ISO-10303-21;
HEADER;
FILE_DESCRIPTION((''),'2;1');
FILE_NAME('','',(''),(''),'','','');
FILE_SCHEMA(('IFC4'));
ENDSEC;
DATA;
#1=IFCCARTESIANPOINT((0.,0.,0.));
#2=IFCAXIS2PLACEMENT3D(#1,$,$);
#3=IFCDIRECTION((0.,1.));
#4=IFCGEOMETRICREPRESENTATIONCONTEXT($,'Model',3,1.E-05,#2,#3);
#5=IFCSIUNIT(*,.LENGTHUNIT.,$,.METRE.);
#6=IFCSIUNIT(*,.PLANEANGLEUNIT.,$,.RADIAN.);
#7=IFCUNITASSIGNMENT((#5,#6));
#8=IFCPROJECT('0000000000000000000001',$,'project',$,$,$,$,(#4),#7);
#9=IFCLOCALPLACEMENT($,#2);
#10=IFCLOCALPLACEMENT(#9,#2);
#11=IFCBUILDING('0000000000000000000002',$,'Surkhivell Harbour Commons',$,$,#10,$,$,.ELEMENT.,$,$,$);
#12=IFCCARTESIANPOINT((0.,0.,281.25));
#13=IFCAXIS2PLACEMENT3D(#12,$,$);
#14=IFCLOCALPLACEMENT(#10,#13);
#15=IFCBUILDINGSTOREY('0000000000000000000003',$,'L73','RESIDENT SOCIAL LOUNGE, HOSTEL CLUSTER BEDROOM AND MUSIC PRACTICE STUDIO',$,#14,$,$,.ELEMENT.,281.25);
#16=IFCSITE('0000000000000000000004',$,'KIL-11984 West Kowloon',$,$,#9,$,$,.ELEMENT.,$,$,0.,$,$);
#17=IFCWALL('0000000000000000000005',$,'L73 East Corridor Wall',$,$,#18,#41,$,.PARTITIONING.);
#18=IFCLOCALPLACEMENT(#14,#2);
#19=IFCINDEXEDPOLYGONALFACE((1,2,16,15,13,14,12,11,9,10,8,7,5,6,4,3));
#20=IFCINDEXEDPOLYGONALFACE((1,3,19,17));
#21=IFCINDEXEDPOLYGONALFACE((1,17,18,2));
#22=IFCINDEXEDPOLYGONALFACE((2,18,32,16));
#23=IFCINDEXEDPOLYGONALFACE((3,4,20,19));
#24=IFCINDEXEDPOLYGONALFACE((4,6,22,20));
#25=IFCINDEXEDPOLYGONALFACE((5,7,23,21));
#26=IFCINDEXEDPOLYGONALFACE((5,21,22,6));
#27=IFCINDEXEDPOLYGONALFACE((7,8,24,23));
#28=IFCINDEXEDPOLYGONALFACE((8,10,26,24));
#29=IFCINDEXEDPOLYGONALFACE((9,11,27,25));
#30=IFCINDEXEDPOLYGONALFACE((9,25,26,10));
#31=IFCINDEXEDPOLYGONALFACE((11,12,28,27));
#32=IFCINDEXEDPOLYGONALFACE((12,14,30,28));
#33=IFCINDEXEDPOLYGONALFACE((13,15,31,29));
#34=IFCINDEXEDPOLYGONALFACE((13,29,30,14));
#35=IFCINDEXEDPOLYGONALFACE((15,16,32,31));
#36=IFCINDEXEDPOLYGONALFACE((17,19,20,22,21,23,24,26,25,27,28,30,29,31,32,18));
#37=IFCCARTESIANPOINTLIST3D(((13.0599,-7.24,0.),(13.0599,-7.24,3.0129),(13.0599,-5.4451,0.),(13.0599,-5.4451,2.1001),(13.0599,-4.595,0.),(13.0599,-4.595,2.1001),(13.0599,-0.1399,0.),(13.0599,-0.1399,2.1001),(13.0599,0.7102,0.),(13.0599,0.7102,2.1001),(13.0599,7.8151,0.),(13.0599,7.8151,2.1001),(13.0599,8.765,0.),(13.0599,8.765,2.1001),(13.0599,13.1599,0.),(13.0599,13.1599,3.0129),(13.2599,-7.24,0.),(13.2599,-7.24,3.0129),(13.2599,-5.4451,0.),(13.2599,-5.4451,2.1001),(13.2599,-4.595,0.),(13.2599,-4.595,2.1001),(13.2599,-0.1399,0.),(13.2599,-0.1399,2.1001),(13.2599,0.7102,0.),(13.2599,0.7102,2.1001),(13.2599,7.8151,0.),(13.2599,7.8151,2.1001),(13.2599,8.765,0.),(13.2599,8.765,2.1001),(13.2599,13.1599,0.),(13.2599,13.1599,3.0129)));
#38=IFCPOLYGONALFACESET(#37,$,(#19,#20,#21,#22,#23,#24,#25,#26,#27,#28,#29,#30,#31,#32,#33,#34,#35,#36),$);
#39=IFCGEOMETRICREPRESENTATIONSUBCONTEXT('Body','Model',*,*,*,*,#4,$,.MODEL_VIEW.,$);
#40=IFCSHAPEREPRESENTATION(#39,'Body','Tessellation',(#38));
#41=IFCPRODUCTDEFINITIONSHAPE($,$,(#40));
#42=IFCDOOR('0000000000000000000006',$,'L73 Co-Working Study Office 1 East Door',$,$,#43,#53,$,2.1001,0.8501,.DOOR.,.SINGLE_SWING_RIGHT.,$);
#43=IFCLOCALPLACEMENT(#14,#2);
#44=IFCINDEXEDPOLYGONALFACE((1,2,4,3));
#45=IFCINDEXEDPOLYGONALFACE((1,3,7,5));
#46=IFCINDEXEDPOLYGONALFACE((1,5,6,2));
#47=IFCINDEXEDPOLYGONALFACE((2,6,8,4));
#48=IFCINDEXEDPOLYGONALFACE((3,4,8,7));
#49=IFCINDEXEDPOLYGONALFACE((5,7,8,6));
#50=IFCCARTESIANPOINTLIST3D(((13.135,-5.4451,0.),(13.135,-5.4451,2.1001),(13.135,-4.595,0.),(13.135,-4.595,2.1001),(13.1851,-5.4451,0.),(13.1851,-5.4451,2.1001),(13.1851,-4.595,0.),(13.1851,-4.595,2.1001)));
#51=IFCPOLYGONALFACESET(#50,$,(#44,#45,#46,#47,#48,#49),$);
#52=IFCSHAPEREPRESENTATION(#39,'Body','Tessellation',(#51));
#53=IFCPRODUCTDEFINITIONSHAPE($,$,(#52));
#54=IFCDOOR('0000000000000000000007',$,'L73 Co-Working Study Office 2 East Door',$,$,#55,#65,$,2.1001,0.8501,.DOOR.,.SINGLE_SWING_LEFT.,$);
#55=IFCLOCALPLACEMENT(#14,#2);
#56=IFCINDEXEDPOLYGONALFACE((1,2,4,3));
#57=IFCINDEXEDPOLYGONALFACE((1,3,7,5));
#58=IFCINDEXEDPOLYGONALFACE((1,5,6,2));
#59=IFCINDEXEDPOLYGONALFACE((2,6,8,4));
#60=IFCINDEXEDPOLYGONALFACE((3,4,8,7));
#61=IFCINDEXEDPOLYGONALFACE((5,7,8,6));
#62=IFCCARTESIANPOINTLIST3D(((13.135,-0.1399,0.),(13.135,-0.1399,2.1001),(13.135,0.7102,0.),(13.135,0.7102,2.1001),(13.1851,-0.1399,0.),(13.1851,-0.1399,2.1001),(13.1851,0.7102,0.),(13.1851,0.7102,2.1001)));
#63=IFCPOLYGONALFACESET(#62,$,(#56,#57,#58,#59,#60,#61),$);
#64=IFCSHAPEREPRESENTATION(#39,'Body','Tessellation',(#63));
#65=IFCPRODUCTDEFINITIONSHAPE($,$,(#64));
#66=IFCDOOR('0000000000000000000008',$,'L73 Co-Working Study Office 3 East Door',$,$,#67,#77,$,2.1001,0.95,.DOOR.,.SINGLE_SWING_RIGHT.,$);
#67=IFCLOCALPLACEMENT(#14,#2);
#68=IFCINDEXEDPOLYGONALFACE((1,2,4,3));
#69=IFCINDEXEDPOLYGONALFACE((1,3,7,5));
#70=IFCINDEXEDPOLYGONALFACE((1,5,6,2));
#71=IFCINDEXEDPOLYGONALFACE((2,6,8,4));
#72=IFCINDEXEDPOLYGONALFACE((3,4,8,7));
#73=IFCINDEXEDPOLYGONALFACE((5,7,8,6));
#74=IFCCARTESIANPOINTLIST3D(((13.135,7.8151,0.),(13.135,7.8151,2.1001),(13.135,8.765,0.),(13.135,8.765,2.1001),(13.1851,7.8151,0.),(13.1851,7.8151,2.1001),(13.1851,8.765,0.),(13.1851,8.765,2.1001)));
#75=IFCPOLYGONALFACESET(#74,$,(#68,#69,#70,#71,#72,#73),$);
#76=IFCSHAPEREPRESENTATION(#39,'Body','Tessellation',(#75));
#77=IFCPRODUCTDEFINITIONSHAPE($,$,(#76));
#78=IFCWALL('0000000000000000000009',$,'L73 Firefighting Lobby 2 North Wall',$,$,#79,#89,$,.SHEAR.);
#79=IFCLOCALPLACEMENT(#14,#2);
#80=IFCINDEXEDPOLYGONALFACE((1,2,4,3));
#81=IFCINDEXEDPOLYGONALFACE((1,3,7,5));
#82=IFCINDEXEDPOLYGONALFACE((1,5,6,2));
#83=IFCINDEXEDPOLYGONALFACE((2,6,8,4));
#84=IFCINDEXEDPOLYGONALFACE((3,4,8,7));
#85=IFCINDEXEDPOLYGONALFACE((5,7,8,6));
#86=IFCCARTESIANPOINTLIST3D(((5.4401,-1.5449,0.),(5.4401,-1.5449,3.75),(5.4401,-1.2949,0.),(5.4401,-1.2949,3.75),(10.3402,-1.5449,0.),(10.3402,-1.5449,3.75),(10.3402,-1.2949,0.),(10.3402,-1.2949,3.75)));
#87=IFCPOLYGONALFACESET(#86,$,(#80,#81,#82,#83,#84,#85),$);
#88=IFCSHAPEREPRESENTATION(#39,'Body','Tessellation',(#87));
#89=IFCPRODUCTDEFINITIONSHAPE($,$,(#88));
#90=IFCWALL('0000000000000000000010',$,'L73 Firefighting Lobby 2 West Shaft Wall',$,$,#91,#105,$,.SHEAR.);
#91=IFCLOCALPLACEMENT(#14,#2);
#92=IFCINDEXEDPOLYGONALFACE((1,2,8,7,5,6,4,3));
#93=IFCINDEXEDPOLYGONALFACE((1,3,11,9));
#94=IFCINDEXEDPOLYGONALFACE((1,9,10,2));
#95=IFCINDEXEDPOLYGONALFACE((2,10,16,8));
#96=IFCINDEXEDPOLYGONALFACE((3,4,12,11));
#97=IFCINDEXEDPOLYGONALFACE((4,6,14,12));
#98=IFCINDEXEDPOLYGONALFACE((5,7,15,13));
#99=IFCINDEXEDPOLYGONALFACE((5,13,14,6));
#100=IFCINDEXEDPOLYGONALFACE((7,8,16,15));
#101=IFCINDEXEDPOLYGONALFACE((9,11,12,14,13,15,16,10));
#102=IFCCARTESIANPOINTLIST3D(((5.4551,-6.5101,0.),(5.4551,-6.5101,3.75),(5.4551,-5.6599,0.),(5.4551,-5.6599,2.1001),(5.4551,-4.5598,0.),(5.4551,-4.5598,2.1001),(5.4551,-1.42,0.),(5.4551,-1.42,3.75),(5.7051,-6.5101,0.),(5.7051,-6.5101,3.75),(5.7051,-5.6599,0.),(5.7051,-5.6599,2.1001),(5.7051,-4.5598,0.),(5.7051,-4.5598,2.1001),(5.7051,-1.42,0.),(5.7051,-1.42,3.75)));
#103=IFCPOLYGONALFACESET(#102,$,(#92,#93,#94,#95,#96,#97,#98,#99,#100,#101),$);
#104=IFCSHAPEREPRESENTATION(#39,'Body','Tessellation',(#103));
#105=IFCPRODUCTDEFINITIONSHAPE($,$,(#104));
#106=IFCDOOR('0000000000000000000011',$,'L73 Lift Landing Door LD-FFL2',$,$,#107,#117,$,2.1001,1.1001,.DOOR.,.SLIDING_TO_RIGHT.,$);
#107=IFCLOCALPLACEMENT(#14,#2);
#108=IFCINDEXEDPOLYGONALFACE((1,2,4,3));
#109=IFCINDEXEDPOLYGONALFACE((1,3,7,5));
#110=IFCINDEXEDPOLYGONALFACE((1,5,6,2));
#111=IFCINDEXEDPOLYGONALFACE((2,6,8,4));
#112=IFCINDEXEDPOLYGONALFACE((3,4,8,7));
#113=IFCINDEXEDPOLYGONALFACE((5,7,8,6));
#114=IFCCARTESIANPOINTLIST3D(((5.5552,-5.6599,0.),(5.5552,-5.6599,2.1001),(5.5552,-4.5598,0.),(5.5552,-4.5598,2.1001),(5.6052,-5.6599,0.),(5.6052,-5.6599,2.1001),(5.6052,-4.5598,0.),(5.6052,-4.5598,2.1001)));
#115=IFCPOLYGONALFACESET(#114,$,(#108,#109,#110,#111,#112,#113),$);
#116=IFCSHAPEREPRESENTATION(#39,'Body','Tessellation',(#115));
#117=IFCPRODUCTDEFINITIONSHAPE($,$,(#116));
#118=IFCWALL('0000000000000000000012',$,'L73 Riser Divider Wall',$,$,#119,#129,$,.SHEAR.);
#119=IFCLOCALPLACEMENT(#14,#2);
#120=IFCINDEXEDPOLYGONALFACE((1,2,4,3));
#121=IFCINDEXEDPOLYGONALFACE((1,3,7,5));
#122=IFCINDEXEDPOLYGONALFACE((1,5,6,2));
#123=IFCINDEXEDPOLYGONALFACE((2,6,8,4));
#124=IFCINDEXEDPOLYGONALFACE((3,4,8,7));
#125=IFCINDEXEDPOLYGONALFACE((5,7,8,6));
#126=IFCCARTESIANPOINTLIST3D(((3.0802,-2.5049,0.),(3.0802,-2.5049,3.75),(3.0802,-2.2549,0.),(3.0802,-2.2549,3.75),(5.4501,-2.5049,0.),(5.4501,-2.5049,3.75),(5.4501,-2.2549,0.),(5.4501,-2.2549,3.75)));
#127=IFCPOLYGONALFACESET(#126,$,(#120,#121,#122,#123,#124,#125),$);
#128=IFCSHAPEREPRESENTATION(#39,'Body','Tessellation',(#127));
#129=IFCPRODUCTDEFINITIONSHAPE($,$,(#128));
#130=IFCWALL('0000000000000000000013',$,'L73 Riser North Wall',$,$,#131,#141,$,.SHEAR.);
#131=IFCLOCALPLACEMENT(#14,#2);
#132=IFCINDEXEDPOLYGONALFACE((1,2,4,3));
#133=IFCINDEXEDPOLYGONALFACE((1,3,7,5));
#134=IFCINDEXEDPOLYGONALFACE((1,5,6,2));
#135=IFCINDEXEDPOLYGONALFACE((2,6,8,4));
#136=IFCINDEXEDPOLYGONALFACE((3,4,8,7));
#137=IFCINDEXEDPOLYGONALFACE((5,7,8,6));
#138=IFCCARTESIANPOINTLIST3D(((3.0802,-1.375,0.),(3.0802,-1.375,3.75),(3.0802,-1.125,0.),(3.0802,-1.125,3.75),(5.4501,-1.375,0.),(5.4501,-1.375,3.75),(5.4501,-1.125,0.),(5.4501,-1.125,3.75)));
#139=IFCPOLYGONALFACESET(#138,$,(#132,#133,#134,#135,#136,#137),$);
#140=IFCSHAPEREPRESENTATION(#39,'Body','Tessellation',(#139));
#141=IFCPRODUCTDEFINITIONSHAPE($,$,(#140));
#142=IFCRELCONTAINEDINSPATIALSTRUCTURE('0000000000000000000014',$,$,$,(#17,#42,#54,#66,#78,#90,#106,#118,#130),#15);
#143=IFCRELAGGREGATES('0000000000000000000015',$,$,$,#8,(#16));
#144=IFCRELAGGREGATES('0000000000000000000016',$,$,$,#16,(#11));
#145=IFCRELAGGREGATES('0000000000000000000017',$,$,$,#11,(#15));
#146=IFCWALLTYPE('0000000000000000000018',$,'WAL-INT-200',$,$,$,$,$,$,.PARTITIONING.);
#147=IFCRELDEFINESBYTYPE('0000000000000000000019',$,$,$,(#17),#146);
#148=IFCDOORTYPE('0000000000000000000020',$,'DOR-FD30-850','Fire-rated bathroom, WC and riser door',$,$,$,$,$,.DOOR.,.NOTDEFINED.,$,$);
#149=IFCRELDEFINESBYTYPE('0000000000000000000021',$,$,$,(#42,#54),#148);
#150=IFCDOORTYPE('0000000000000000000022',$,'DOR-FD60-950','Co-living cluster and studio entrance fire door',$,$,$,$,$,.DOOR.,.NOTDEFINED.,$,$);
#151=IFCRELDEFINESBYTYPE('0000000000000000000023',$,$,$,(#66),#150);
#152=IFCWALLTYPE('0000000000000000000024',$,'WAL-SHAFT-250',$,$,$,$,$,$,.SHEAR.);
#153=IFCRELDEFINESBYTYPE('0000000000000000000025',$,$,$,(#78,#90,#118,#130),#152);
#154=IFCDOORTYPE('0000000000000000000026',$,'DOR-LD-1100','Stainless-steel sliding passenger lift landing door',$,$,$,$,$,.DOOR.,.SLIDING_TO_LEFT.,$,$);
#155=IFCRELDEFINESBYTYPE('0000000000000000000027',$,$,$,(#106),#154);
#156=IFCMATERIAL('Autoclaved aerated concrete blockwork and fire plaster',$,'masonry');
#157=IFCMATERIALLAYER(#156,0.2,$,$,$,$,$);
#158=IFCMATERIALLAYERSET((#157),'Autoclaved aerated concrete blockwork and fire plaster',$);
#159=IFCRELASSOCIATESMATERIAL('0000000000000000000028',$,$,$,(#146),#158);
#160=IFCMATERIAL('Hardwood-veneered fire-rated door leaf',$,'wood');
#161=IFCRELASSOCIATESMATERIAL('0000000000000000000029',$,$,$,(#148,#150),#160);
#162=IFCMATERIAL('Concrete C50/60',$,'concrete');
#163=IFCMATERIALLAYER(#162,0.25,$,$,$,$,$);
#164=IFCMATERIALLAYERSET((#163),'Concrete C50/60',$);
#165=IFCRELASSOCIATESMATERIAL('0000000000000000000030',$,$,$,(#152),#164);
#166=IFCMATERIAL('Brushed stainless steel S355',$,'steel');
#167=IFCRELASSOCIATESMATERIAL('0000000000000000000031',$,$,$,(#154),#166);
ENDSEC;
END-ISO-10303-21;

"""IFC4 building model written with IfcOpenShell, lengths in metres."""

from ifc_helpers import new_model, si_unit, direction, frame, frame_2d, origin, place, context, subcontext, project, spatial, rectangle, extrude, material, layer, layer_set, type_object, element, fill, save


model = new_model("IFC4")

# Units and contexts
model_context = context("Model", 3, precision=1e-05, world=origin(), true_north=direction((0.0, 1.0)))
body_context = subcontext(model_context, "Body", "Model", "MODEL_VIEW")
ifc_project = project(units=[si_unit("LENGTHUNIT", "METRE"), si_unit("PLANEANGLEUNIT", "RADIAN")], contexts=[model_context])

# Site, building, storey
site_placement = place(None, origin())
site = spatial("IfcSite", under=ifc_project, at=site_placement, Name="KIL-11984 West Kowloon", CompositionType="ELEMENT", RefElevation=0.0)
building_placement = place(site_placement, origin())
building = spatial("IfcBuilding", under=site, at=building_placement, Name="Surkhivell Harbour Commons", CompositionType="ELEMENT")
storey_placement = place(building_placement, frame((0.0, 0.0, 281.25)))
storey = spatial("IfcBuildingStorey", under=building, at=storey_placement, Name="L73", Description="RESIDENT SOCIAL LOUNGE, HOSTEL CLUSTER BEDROOM AND MUSIC PRACTICE STUDIO", CompositionType="ELEMENT", Elevation=281.25)

# Shared definitions
ifc_material_1 = material(Name="Concrete C50/60", Category="concrete")

# Shared definitions
ifc_material_2 = material(Name="Hardwood-veneered fire-rated door leaf", Category="wood")

# Wall, openings, doors
ifc_material_3 = material(Name="Autoclaved aerated concrete blockwork and fire plaster", Category="masonry")
ifc_layer_1 = layer(ifc_material_3, 0.2)
ifc_layer_set_1 = layer_set([ifc_layer_1], Name="Autoclaved aerated concrete blockwork and fire plaster")
wall_type_1 = type_object("IfcWallType", Name="WAL-INT-200", PredefinedType="PARTITIONING", material=ifc_layer_set_1)
wall_1_placement = place(storey_placement, frame((13.1599, -7.24, 0.0), z_axis=(0.0, 0.0, 1.0), x_axis=(0.0, 1.0, 0.0)))
wall_1 = element("IfcWall", 1, at=wall_1_placement, inside=storey, type_object=wall_type_1, Name="L73 East Corridor Wall", PredefinedType="PARTITIONING", context=body_context, shape_type="SweptSolid", body=[
    extrude(rectangle(XDim=20.3999, YDim=0.2, at=frame_2d((10.2, 0.0))), origin(), (0.0, 0.0, 1.0), 3.0129),
])
opening_1_placement = place(wall_1_placement, frame((1.7949, 0.0, 0.0)))
opening_1 = element("IfcOpeningElement", 2, at=opening_1_placement, cuts=wall_1, PredefinedType="OPENING", context=body_context, shape_type="SweptSolid", body=[
    extrude(rectangle(XDim=0.8501, YDim=2.1001, at=frame_2d((0.425, 1.05))), frame((0.0, 0.1099, 0.0), z_axis=(0.0, -1.0, 0.0), x_axis=(1.0, 0.0, 0.0)), (0.0, 0.0, 1.0), 0.22),
])
opening_2_placement = place(wall_1_placement, frame((7.1001, 0.0, 0.0)))
opening_2 = element("IfcOpeningElement", 3, at=opening_2_placement, cuts=wall_1, PredefinedType="OPENING", context=body_context, shape_type="SweptSolid", body=[
    extrude(rectangle(XDim=0.8501, YDim=2.1001, at=frame_2d((0.425, 1.05))), frame((0.0, 0.1099, 0.0), z_axis=(0.0, -1.0, 0.0), x_axis=(1.0, 0.0, 0.0)), (0.0, 0.0, 1.0), 0.22),
])
opening_3_placement = place(wall_1_placement, frame((15.0549, 0.0, 0.0)))
opening_3 = element("IfcOpeningElement", 4, at=opening_3_placement, cuts=wall_1, PredefinedType="OPENING", context=body_context, shape_type="SweptSolid", body=[
    extrude(rectangle(XDim=0.95, YDim=2.1001, at=frame_2d((0.4751, 1.05))), frame((0.0, 0.1099, 0.0), z_axis=(0.0, -1.0, 0.0), x_axis=(1.0, 0.0, 0.0)), (0.0, 0.0, 1.0), 0.22),
])
door_type_1 = type_object("IfcDoorType", Name="DOR-FD30-850", Description="Fire-rated bathroom, WC and riser door", OperationType="NOTDEFINED", PredefinedType="DOOR", material=ifc_material_2)
door_1_placement = place(opening_1_placement, origin())
door_1 = element("IfcDoor", 5, at=door_1_placement, inside=storey, type_object=door_type_1, Name="L73 Co-Working Study Office 1 East Door", OperationType="SINGLE_SWING_RIGHT", OverallHeight=2.1001, OverallWidth=0.8501, PredefinedType="DOOR", context=body_context, shape_type="SweptSolid", body=[
    extrude(rectangle(XDim=0.8501, YDim=2.1001, at=frame_2d((0.425, 1.05))), frame((0.0, 0.0249, 0.0), z_axis=(0.0, -1.0, 0.0), x_axis=(1.0, 0.0, 0.0)), (0.0, 0.0, 1.0), 0.05),
])
fill(opening_1, door_1)
door_2_placement = place(opening_2_placement, origin())
door_2 = element("IfcDoor", 6, at=door_2_placement, inside=storey, type_object=door_type_1, Name="L73 Co-Working Study Office 2 East Door", OperationType="SINGLE_SWING_LEFT", OverallHeight=2.1001, OverallWidth=0.8501, PredefinedType="DOOR", context=body_context, shape_type="SweptSolid", body=[
    extrude(rectangle(XDim=0.8501, YDim=2.1001, at=frame_2d((0.425, 1.05))), frame((0.0, 0.0249, 0.0), z_axis=(0.0, -1.0, 0.0), x_axis=(1.0, 0.0, 0.0)), (0.0, 0.0, 1.0), 0.05),
])
fill(opening_2, door_2)
door_type_2 = type_object("IfcDoorType", Name="DOR-FD60-950", Description="Co-living cluster and studio entrance fire door", OperationType="NOTDEFINED", PredefinedType="DOOR", material=ifc_material_2)
door_3_placement = place(opening_3_placement, origin())
door_3 = element("IfcDoor", 7, at=door_3_placement, inside=storey, type_object=door_type_2, Name="L73 Co-Working Study Office 3 East Door", OperationType="SINGLE_SWING_RIGHT", OverallHeight=2.1001, OverallWidth=0.95, PredefinedType="DOOR", context=body_context, shape_type="SweptSolid", body=[
    extrude(rectangle(XDim=0.95, YDim=2.1001, at=frame_2d((0.4751, 1.05))), frame((0.0, 0.0249, 0.0), z_axis=(0.0, -1.0, 0.0), x_axis=(1.0, 0.0, 0.0)), (0.0, 0.0, 1.0), 0.05),
])
fill(opening_3, door_3)

# Wall
ifc_layer_2 = layer(ifc_material_1, 0.25)
ifc_layer_set_2 = layer_set([ifc_layer_2], Name="Concrete C50/60")
wall_type_2 = type_object("IfcWallType", Name="WAL-SHAFT-250", PredefinedType="SHEAR", material=ifc_layer_set_2)
wall_2_placement = place(storey_placement, frame((5.4399, -1.4199, 0.0), z_axis=(0.0, 0.0, 1.0), x_axis=(1.0, 0.0, 0.0)))
element("IfcWall", 8, at=wall_2_placement, inside=storey, type_object=wall_type_2, Name="L73 Firefighting Lobby 2 North Wall", PredefinedType="SHEAR", context=body_context, shape_type="SweptSolid", body=[
    extrude(rectangle(XDim=4.9001, YDim=0.25, at=frame_2d((2.4502, 0.0))), origin(), (0.0, 0.0, 1.0), 3.75),
])

# Wall, opening, door
wall_3_placement = place(storey_placement, frame((5.5801, -6.51, 0.0), z_axis=(0.0, 0.0, 1.0), x_axis=(0.0, 1.0, 0.0)))
wall_3 = element("IfcWall", 9, at=wall_3_placement, inside=storey, type_object=wall_type_2, Name="L73 Firefighting Lobby 2 West Shaft Wall", PredefinedType="SHEAR", context=body_context, shape_type="SweptSolid", body=[
    extrude(rectangle(XDim=5.0901, YDim=0.25, at=frame_2d((2.5449, 0.0))), origin(), (0.0, 0.0, 1.0), 3.75),
])
opening_4_placement = place(wall_3_placement, frame((0.8501, 0.0, 0.0)))
opening_4 = element("IfcOpeningElement", 10, at=opening_4_placement, cuts=wall_3, PredefinedType="OPENING", context=body_context, shape_type="SweptSolid", body=[
    extrude(rectangle(XDim=1.1001, YDim=2.1001, at=frame_2d((0.55, 1.05))), frame((0.0, 0.135, 0.0), z_axis=(0.0, -1.0, 0.0), x_axis=(1.0, 0.0, 0.0)), (0.0, 0.0, 1.0), 0.27),
])
ifc_material_4 = material(Name="Brushed stainless steel S355", Category="steel")
door_type_3 = type_object("IfcDoorType", Name="DOR-LD-1100", Description="Stainless-steel sliding passenger lift landing door", OperationType="SLIDING_TO_LEFT", PredefinedType="DOOR", material=ifc_material_4)
door_4_placement = place(opening_4_placement, origin())
door_4 = element("IfcDoor", 11, at=door_4_placement, inside=storey, type_object=door_type_3, Name="L73 Lift Landing Door LD-FFL2", OperationType="SLIDING_TO_RIGHT", OverallHeight=2.1001, OverallWidth=1.1001, PredefinedType="DOOR", context=body_context, shape_type="SweptSolid", body=[
    extrude(rectangle(XDim=1.1001, YDim=2.1001, at=frame_2d((0.55, 1.05))), frame((0.0, 0.0249, 0.0), z_axis=(0.0, -1.0, 0.0), x_axis=(1.0, 0.0, 0.0)), (0.0, 0.0, 1.0), 0.05),
])
fill(opening_4, door_4)

# Walls
for number, where, z_axis, x_axis, name in (
    (12, (3.0801, -2.3799, 0.0), (0.0, 0.0, 1.0), (1.0, 0.0, 0.0), "L73 Riser Divider Wall"),
    (13, (3.0801, -1.25, 0.0), (0.0, 0.0, 1.0), (1.0, 0.0, 0.0), "L73 Riser North Wall"),
):
    element("IfcWall", number, at=place(storey_placement, frame(where, z_axis=z_axis, x_axis=x_axis)), inside=storey, type_object=wall_type_2, Name=name, PredefinedType="SHEAR", context=body_context, shape_type="SweptSolid", body=[
        extrude(rectangle(XDim=2.3699, YDim=0.25, at=frame_2d((1.1851, 0.0))), origin(), (0.0, 0.0, 1.0), 3.75),
    ])

save(model, "model.ifc")
